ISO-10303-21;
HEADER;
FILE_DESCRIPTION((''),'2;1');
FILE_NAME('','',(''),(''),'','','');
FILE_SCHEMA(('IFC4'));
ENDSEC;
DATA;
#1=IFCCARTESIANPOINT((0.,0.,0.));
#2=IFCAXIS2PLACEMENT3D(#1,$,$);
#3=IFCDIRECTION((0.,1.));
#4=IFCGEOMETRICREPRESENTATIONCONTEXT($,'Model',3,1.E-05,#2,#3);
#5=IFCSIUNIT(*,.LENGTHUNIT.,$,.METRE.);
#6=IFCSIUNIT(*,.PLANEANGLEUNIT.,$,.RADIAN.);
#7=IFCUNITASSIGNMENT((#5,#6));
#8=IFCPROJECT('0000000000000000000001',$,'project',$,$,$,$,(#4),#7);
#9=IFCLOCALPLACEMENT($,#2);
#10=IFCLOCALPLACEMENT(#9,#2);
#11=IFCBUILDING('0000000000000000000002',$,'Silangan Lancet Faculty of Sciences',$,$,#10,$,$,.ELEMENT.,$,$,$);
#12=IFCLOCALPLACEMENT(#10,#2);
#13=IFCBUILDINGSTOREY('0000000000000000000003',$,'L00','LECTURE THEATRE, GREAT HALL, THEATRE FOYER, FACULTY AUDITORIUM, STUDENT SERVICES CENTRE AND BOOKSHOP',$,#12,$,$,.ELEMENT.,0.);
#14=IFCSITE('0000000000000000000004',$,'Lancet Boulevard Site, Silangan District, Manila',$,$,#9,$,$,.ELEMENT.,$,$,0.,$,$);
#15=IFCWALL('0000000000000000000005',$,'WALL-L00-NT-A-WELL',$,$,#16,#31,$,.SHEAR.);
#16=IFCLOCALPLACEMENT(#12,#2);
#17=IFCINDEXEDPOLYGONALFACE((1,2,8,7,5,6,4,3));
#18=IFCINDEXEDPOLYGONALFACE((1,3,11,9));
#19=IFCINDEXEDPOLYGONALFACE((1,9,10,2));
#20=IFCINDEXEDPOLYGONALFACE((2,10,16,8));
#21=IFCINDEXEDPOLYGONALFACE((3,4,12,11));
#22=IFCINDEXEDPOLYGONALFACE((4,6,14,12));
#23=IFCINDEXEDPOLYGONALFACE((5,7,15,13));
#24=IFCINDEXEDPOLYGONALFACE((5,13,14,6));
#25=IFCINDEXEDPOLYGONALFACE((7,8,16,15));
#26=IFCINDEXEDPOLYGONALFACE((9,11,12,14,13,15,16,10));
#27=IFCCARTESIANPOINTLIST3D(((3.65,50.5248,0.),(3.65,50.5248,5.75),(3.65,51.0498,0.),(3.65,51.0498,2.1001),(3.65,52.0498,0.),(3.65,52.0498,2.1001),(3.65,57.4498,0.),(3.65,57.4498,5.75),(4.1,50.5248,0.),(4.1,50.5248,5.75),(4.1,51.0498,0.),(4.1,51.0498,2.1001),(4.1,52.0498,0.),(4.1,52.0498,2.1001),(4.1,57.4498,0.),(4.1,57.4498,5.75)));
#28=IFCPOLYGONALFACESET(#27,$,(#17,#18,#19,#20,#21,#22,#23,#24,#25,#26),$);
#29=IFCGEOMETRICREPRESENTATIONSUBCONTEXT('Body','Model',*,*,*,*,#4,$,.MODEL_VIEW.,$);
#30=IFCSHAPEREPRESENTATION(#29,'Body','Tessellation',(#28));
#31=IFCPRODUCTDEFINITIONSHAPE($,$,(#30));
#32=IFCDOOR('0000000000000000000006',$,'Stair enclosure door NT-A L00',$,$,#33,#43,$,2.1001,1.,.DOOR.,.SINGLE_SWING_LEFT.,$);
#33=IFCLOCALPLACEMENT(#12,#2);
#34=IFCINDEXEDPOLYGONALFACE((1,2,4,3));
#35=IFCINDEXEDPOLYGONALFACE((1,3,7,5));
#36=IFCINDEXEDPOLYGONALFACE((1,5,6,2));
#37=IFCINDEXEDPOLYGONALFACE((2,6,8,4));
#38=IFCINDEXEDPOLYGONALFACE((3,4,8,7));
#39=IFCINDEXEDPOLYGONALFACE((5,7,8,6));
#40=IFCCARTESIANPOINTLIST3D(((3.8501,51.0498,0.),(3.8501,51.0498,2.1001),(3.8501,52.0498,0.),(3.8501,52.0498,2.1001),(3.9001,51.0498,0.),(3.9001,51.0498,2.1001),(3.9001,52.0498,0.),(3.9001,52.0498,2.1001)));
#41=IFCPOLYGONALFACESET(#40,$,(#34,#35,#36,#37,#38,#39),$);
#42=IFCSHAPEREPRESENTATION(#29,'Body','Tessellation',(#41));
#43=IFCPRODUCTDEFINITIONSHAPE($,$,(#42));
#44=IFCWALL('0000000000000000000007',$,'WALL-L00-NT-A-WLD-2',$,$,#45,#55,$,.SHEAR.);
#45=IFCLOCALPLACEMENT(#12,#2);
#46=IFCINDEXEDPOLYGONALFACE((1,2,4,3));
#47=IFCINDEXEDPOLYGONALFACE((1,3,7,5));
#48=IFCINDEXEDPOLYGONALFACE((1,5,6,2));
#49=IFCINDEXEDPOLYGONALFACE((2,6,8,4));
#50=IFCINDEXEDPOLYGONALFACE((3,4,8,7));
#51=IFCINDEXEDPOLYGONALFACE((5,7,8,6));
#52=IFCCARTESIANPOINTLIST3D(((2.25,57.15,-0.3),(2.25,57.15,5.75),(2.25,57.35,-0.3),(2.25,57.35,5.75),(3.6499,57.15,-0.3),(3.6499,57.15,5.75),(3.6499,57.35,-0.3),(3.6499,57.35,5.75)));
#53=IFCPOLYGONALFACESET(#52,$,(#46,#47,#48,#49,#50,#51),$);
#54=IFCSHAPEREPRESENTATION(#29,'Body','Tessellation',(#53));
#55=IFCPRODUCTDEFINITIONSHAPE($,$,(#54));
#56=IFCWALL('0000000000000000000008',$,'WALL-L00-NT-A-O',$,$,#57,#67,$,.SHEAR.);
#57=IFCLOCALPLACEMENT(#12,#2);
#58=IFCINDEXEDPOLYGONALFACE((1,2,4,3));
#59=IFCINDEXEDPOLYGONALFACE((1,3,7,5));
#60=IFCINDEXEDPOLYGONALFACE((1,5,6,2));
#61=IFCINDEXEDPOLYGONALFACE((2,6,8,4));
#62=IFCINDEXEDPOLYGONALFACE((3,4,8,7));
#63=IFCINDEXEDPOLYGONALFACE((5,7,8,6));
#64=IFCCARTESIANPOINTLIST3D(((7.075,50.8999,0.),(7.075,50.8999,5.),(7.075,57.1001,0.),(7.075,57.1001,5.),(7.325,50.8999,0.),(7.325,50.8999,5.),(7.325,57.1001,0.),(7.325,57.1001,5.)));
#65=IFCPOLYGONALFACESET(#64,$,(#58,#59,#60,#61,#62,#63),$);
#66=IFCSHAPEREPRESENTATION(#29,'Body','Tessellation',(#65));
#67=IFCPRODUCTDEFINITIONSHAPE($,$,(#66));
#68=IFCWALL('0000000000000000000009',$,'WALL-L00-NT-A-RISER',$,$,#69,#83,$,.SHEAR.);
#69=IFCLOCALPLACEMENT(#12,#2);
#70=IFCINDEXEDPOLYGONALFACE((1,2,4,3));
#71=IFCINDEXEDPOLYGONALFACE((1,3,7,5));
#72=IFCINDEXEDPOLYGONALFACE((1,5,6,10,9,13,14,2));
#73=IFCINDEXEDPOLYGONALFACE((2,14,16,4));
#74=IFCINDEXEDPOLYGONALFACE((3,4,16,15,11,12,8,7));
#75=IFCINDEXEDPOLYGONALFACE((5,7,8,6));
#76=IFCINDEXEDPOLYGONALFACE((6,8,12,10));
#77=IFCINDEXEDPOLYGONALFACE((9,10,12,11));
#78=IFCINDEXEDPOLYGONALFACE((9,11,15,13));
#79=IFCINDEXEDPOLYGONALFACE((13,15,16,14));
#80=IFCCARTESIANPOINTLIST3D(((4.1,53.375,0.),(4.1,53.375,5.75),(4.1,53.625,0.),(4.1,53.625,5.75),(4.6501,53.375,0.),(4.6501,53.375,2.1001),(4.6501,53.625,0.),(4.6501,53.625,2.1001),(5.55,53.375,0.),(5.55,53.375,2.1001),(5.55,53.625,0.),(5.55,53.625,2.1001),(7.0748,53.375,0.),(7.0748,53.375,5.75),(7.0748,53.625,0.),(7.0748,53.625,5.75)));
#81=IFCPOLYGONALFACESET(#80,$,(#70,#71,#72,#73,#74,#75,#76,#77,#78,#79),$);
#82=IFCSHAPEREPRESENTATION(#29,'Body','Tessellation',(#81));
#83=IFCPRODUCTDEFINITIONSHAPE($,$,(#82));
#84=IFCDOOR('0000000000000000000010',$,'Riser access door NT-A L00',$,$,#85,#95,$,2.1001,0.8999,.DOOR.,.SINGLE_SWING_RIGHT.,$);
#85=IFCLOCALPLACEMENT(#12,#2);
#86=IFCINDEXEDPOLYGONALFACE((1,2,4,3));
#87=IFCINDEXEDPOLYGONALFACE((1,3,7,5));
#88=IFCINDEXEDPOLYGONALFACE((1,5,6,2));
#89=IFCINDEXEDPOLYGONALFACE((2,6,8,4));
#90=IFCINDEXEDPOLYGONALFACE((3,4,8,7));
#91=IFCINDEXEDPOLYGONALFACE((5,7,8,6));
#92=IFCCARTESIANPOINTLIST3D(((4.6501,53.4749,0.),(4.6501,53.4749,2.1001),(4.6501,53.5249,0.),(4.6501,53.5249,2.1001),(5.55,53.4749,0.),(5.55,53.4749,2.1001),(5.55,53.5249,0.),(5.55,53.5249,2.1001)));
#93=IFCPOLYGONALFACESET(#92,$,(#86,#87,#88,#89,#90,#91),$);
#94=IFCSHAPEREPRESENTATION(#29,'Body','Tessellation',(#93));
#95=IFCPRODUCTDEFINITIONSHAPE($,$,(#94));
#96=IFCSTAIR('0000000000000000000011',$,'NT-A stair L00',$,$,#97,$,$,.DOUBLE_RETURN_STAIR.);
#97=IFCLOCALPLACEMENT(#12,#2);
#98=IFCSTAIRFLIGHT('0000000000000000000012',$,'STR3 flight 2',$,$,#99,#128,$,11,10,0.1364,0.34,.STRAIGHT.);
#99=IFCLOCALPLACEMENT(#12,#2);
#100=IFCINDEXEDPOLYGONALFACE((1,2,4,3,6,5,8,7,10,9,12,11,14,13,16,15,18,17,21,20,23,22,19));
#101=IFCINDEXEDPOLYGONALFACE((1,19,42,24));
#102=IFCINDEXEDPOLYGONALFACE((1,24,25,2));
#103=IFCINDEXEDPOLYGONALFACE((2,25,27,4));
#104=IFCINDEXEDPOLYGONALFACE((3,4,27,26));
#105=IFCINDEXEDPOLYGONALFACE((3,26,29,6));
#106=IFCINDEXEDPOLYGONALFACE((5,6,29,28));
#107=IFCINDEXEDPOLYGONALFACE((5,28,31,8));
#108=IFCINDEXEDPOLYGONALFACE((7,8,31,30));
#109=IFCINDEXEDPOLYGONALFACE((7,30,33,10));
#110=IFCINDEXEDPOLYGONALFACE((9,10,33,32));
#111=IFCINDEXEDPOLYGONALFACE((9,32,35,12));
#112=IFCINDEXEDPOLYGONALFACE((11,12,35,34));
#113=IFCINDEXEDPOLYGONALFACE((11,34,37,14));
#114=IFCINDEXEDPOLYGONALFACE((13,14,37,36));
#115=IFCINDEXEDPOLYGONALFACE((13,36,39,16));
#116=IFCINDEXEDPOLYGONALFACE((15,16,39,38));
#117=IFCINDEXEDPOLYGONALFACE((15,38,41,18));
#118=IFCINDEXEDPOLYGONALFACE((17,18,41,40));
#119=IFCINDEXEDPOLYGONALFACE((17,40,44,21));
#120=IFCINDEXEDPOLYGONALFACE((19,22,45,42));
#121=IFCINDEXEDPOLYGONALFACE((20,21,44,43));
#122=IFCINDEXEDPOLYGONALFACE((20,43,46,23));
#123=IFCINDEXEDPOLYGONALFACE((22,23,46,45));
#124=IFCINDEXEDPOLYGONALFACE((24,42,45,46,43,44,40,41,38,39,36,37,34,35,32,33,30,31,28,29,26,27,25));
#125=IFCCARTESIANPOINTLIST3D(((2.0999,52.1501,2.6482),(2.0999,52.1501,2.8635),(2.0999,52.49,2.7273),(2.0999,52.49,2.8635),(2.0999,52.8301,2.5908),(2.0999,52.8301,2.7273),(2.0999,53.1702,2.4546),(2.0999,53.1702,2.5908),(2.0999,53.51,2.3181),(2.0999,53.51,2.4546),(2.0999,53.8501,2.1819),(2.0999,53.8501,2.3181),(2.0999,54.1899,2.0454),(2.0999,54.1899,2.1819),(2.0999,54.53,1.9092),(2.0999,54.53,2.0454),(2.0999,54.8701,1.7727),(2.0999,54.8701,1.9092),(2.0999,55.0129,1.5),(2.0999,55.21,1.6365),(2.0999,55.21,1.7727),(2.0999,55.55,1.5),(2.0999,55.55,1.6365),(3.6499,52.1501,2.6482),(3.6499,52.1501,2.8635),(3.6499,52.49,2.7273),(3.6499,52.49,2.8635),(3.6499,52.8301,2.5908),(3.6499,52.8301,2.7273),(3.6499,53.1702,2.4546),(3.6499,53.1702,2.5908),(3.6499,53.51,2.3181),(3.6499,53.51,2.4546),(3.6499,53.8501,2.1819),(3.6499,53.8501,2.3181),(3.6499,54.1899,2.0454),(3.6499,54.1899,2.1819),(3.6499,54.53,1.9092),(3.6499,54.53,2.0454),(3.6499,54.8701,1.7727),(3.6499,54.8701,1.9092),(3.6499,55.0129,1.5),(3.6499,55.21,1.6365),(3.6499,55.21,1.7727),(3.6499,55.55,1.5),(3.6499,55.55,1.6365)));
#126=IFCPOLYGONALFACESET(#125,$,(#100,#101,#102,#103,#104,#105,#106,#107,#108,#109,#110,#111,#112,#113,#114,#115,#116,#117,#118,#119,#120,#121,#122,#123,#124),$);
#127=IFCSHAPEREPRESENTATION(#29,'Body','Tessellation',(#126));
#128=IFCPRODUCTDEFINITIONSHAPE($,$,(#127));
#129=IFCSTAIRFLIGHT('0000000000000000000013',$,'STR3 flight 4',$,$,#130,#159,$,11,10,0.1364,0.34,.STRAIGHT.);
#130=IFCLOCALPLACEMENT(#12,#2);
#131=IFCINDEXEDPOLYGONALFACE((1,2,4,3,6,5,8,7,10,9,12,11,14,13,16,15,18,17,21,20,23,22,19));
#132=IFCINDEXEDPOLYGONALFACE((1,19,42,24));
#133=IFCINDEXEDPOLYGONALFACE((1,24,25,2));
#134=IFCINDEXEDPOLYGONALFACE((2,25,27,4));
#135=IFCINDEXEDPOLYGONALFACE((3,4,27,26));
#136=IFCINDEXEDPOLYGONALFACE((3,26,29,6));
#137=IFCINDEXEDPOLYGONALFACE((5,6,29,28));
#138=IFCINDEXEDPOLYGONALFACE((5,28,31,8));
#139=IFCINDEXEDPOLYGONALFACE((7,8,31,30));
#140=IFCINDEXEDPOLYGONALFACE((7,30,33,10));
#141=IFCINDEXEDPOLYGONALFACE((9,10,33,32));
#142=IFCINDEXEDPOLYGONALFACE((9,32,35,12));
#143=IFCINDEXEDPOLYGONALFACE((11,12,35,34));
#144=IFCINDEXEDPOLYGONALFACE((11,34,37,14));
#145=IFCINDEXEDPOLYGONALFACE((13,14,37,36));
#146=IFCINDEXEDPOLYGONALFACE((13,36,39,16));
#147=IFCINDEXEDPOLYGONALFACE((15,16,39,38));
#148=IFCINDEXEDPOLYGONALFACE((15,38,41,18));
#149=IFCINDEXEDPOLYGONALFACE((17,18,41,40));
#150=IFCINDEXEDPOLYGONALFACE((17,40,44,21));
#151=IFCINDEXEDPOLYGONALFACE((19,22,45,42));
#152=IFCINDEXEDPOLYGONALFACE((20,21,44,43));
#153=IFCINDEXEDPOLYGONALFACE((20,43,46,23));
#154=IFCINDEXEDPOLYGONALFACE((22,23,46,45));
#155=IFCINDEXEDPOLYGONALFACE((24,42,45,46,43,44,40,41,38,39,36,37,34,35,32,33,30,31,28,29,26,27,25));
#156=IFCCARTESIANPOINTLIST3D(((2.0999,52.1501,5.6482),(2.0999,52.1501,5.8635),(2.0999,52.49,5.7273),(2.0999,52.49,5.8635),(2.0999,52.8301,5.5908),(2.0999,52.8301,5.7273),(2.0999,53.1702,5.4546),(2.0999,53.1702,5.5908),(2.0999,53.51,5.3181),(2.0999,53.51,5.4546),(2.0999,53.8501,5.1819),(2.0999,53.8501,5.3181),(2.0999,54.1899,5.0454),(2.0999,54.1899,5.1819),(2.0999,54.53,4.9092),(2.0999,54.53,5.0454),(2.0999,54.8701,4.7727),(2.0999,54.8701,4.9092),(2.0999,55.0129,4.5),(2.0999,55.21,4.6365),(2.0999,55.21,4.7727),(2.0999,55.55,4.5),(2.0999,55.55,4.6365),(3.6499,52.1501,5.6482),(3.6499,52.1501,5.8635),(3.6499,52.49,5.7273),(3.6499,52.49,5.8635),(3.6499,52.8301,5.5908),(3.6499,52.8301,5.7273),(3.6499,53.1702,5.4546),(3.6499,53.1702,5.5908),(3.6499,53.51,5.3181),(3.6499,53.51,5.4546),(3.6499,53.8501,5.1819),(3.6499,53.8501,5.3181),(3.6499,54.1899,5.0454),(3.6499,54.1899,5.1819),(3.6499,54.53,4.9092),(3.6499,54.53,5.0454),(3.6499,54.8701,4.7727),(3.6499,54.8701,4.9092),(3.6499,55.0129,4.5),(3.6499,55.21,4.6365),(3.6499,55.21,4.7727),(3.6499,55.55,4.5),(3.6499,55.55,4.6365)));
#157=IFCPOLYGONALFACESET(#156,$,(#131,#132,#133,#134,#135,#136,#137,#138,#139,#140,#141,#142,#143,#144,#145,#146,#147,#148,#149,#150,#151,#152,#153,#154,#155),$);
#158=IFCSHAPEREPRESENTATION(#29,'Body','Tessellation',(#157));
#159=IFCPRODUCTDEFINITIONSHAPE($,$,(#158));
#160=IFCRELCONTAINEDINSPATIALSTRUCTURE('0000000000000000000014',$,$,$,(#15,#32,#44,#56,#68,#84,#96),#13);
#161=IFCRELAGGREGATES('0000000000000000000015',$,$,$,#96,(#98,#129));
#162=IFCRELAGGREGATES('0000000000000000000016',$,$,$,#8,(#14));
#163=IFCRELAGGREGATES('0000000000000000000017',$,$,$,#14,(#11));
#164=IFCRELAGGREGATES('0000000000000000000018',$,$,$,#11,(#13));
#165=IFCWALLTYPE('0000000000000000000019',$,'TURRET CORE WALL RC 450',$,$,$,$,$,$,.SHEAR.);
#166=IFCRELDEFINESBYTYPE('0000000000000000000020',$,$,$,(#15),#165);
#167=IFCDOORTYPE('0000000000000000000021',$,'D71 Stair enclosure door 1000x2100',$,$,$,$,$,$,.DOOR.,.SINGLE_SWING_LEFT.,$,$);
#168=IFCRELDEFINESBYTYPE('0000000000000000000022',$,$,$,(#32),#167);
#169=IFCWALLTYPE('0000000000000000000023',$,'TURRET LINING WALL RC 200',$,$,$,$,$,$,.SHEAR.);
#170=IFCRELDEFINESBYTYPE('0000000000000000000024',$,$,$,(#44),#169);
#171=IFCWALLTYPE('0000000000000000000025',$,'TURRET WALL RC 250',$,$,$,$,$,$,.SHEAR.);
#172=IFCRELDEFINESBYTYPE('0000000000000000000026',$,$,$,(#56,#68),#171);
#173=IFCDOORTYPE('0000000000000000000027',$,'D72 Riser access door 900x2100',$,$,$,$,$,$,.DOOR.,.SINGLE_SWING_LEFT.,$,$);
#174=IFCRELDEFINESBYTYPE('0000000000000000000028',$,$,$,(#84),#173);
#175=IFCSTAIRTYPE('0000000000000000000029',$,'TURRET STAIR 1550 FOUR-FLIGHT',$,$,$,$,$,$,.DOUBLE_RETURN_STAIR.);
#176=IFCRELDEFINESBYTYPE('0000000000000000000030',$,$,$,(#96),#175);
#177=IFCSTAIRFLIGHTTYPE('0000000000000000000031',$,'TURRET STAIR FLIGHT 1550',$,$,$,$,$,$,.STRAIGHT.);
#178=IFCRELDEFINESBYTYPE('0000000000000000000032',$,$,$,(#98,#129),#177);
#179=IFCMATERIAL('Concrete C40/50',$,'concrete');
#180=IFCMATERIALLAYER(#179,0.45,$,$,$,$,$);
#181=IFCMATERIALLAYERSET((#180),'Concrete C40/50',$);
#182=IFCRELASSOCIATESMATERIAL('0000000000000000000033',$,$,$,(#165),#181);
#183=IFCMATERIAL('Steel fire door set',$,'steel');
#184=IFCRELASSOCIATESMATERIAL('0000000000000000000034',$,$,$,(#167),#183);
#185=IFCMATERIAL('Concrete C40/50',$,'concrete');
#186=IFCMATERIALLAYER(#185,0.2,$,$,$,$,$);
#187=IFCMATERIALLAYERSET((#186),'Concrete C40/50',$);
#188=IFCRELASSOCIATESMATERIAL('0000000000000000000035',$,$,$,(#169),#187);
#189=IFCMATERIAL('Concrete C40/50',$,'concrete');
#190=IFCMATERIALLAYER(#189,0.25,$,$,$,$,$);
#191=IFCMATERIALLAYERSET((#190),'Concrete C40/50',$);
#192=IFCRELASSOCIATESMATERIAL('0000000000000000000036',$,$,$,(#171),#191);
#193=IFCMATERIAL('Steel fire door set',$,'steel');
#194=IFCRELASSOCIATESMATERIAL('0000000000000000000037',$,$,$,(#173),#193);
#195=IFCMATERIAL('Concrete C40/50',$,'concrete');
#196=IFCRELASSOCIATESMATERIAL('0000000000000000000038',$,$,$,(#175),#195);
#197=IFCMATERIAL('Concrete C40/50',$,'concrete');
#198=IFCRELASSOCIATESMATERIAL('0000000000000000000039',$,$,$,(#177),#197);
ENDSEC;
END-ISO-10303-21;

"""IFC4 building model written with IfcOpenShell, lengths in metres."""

from ifc_helpers import new_model, si_unit, direction, frame, frame_2d, origin, place, context, subcontext, project, spatial, polyline, rectangle, outline, extrude, material, layer, layer_set, type_object, element, fill, aggregate, save


model = new_model("IFC4")

# Units and contexts
model_context = context("Model", 3, precision=1e-05, world=origin(), true_north=direction((0.0, 1.0)))
body_context = subcontext(model_context, "Body", "Model", "MODEL_VIEW")
ifc_project = project(units=[si_unit("LENGTHUNIT", "METRE"), si_unit("PLANEANGLEUNIT", "RADIAN")], contexts=[model_context])

# Site, building, storey
site_placement = place(None, origin())
site = spatial("IfcSite", under=ifc_project, at=site_placement, Name="Lancet Boulevard Site, Silangan District, Manila", CompositionType="ELEMENT", RefElevation=0.0)
building_placement = place(site_placement, origin())
building = spatial("IfcBuilding", under=site, at=building_placement, Name="Silangan Lancet Faculty of Sciences", CompositionType="ELEMENT")
storey_placement = place(building_placement, origin())
storey = spatial("IfcBuildingStorey", under=building, at=storey_placement, Name="L00", Description="LECTURE THEATRE, GREAT HALL, THEATRE FOYER, FACULTY AUDITORIUM, STUDENT SERVICES CENTRE AND BOOKSHOP", CompositionType="ELEMENT", Elevation=0.0)

# Wall, opening, door
ifc_material_1 = material(Name="Concrete C40/50", Category="concrete")
ifc_layer_1 = layer(ifc_material_1, 0.45)
ifc_layer_set_1 = layer_set([ifc_layer_1], Name="Concrete C40/50")
wall_type_1 = type_object("IfcWallType", Name="TURRET CORE WALL RC 450", PredefinedType="SHEAR", material=ifc_layer_set_1)
wall_1_placement = place(storey_placement, frame((3.875, 50.5249, 0.0), z_axis=(0.0, 0.0, 1.0), x_axis=(0.0, 1.0, 0.0)))
wall_1 = element("IfcWall", 1, at=wall_1_placement, inside=storey, type_object=wall_type_1, Name="WALL-L00-NT-A-WELL", PredefinedType="SHEAR", context=body_context, shape_type="SweptSolid", body=[
    extrude(rectangle(XDim=6.925, YDim=0.45, at=frame_2d((3.4624, 0.0))), origin(), (0.0, 0.0, 1.0), 5.75),
])
opening_1_placement = place(wall_1_placement, frame((0.5249, 0.0, 0.0)))
opening_1 = element("IfcOpeningElement", 2, at=opening_1_placement, cuts=wall_1, PredefinedType="OPENING", context=body_context, shape_type="SweptSolid", body=[
    extrude(rectangle(XDim=1.0, YDim=2.1001, at=frame_2d((0.5, 1.05))), frame((0.0, 0.2349, 0.0), z_axis=(0.0, -1.0, 0.0), x_axis=(1.0, 0.0, 0.0)), (0.0, 0.0, 1.0), 0.47),
])
ifc_material_2 = material(Name="Steel fire door set", Category="steel")
door_type_1 = type_object("IfcDoorType", Name="D71 Stair enclosure door 1000x2100", OperationType="SINGLE_SWING_LEFT", PredefinedType="DOOR", material=ifc_material_2)
door_1_placement = place(opening_1_placement, origin())
door_1 = element("IfcDoor", 3, at=door_1_placement, inside=storey, type_object=door_type_1, Name="Stair enclosure door NT-A L00", OperationType="SINGLE_SWING_LEFT", OverallHeight=2.1001, OverallWidth=1.0, PredefinedType="DOOR", context=body_context, shape_type="SweptSolid", body=[
    extrude(rectangle(XDim=1.0, YDim=2.1001, at=frame_2d((0.5, 1.05))), frame((0.0, 0.0249, 0.0), z_axis=(0.0, -1.0, 0.0), x_axis=(1.0, 0.0, 0.0)), (0.0, 0.0, 1.0), 0.05),
])
fill(opening_1, door_1)

# Walls
ifc_material_3 = material(Name="Concrete C40/50", Category="concrete")
ifc_layer_2 = layer(ifc_material_3, 0.2)
ifc_layer_set_2 = layer_set([ifc_layer_2], Name="Concrete C40/50")
wall_type_2 = type_object("IfcWallType", Name="TURRET LINING WALL RC 200", PredefinedType="SHEAR", material=ifc_layer_set_2)
wall_2_placement = place(storey_placement, frame((2.25, 57.25, -0.3), z_axis=(0.0, 0.0, 1.0), x_axis=(1.0, 0.0, 0.0)))
element("IfcWall", 4, at=wall_2_placement, inside=storey, type_object=wall_type_2, Name="WALL-L00-NT-A-WLD-2", PredefinedType="SHEAR", context=body_context, shape_type="SweptSolid", body=[
    extrude(rectangle(XDim=1.3999, YDim=0.2, at=frame_2d((0.7, 0.0))), origin(), (0.0, 0.0, 1.0), 6.05),
])
ifc_material_4 = material(Name="Concrete C40/50", Category="concrete")
ifc_layer_3 = layer(ifc_material_4, 0.25)
ifc_layer_set_3 = layer_set([ifc_layer_3], Name="Concrete C40/50")
wall_type_3 = type_object("IfcWallType", Name="TURRET WALL RC 250", PredefinedType="SHEAR", material=ifc_layer_set_3)
wall_3_placement = place(storey_placement, frame((7.2, 50.8999, 0.0), z_axis=(0.0, 0.0, 1.0), x_axis=(0.0, 1.0, 0.0)))
element("IfcWall", 5, at=wall_3_placement, inside=storey, type_object=wall_type_3, Name="WALL-L00-NT-A-O", PredefinedType="SHEAR", context=body_context, shape_type="SweptSolid", body=[
    extrude(rectangle(XDim=6.2002, YDim=0.25, at=frame_2d((3.1001, 0.0))), origin(), (0.0, 0.0, 1.0), 5.0),
])

# Wall, opening, door
wall_4_placement = place(storey_placement, frame((4.1001, 53.5, 0.0), z_axis=(0.0, 0.0, 1.0), x_axis=(1.0, 0.0, 0.0)))
wall_4 = element("IfcWall", 6, at=wall_4_placement, inside=storey, type_object=wall_type_3, Name="WALL-L00-NT-A-RISER", PredefinedType="SHEAR", context=body_context, shape_type="SweptSolid", body=[
    extrude(rectangle(XDim=2.9749, YDim=0.25, at=frame_2d((1.4873, 0.0))), origin(), (0.0, 0.0, 1.0), 5.75),
])
opening_2_placement = place(wall_4_placement, frame((0.55, 0.0, 0.0)))
opening_2 = element("IfcOpeningElement", 7, at=opening_2_placement, cuts=wall_4, PredefinedType="OPENING", context=body_context, shape_type="SweptSolid", body=[
    extrude(rectangle(XDim=0.8999, YDim=2.1001, at=frame_2d((0.45, 1.05))), frame((0.0, 0.135, 0.0), z_axis=(0.0, -1.0, 0.0), x_axis=(1.0, 0.0, 0.0)), (0.0, 0.0, 1.0), 0.27),
])
ifc_material_5 = material(Name="Steel fire door set", Category="steel")
door_type_2 = type_object("IfcDoorType", Name="D72 Riser access door 900x2100", OperationType="SINGLE_SWING_LEFT", PredefinedType="DOOR", material=ifc_material_5)
door_2_placement = place(opening_2_placement, origin())
door_2 = element("IfcDoor", 8, at=door_2_placement, inside=storey, type_object=door_type_2, Name="Riser access door NT-A L00", OperationType="SINGLE_SWING_RIGHT", OverallHeight=2.1001, OverallWidth=0.8999, PredefinedType="DOOR", context=body_context, shape_type="SweptSolid", body=[
    extrude(rectangle(XDim=0.8999, YDim=2.1001, at=frame_2d((0.45, 1.05))), frame((0.0, 0.0249, 0.0), z_axis=(0.0, -1.0, 0.0), x_axis=(1.0, 0.0, 0.0)), (0.0, 0.0, 1.0), 0.05),
])
fill(opening_2, door_2)

# Stair, stair flights
ifc_material_6 = material(Name="Concrete C40/50", Category="concrete")
stair_type = type_object("IfcStairType", Name="TURRET STAIR 1550 FOUR-FLIGHT", PredefinedType="DOUBLE_RETURN_STAIR", material=ifc_material_6)
stair_placement = place(storey_placement, origin())
stair = element("IfcStair", 9, at=stair_placement, inside=storey, type_object=stair_type, Name="NT-A stair L00", PredefinedType="DOUBLE_RETURN_STAIR")
ifc_material_7 = material(Name="Concrete C40/50", Category="concrete")
stair_flight_type = type_object("IfcStairFlightType", Name="TURRET STAIR FLIGHT 1550", PredefinedType="STRAIGHT", material=ifc_material_7)
stair_flight_1_placement = place(storey_placement, frame((2.875, 55.55, 1.5), z_axis=(0.0, 0.0, 1.0), x_axis=(0.0, -1.0, 0.0)))
stair_flight_1 = element("IfcStairFlight", 10, at=stair_flight_1_placement, type_object=stair_flight_type, Name="STR3 flight 2", NumberOfRisers=11, NumberOfTreads=10, PredefinedType="STRAIGHT", RiserHeight=0.1364, TreadLength=0.34, context=body_context, shape_type="SweptSolid", body=[
    extrude(outline(polyline([(0.0, 0.0), (0.0, 0.1365), (0.3401, 0.1365), (0.3401, 0.2727), (0.6799, 0.2727), (0.6799, 0.4092), (1.02, 0.4092), (1.02, 0.5454), (1.3601, 0.5454), (1.3601, 0.6819), (1.7, 0.6819), (1.7, 0.8181), (2.04, 0.8181), (2.04, 0.9546), (2.3799, 0.9546), (2.3799, 1.0908), (2.72, 1.0908), (2.72, 1.2273), (3.0601, 1.2273), (3.0601, 1.3635), (3.3999, 1.3635), (3.3999, 1.5), (3.3999, 1.1482), (0.5371, 0.0), (0.0, 0.0)])), frame((0.0, 0.7749, 0.0), z_axis=(0.0, -1.0, 0.0), x_axis=(1.0, 0.0, 0.0)), (0.0, 0.0, 1.0), 1.55),
])
stair_flight_2_placement = place(storey_placement, frame((2.875, 55.55, 4.5), z_axis=(0.0, 0.0, 1.0), x_axis=(0.0, -1.0, 0.0)))
stair_flight_2 = element("IfcStairFlight", 11, at=stair_flight_2_placement, type_object=stair_flight_type, Name="STR3 flight 4", NumberOfRisers=11, NumberOfTreads=10, PredefinedType="STRAIGHT", RiserHeight=0.1364, TreadLength=0.34, context=body_context, shape_type="SweptSolid", body=[
    extrude(outline(polyline([(0.0, 0.0), (0.0, 0.1365), (0.3401, 0.1365), (0.3401, 0.2727), (0.6799, 0.2727), (0.6799, 0.4092), (1.02, 0.4092), (1.02, 0.5454), (1.3601, 0.5454), (1.3601, 0.6819), (1.7, 0.6819), (1.7, 0.8181), (2.04, 0.8181), (2.04, 0.9546), (2.3799, 0.9546), (2.3799, 1.0908), (2.72, 1.0908), (2.72, 1.2273), (3.0601, 1.2273), (3.0601, 1.3635), (3.3999, 1.3635), (3.3999, 1.5), (3.3999, 1.1482), (0.5371, 0.0), (0.0, 0.0)])), frame((0.0, 0.7749, 0.0), z_axis=(0.0, -1.0, 0.0), x_axis=(1.0, 0.0, 0.0)), (0.0, 0.0, 1.0), 1.55),
])
aggregate(stair, [stair_flight_1, stair_flight_2])

save(model, "model.ifc")
